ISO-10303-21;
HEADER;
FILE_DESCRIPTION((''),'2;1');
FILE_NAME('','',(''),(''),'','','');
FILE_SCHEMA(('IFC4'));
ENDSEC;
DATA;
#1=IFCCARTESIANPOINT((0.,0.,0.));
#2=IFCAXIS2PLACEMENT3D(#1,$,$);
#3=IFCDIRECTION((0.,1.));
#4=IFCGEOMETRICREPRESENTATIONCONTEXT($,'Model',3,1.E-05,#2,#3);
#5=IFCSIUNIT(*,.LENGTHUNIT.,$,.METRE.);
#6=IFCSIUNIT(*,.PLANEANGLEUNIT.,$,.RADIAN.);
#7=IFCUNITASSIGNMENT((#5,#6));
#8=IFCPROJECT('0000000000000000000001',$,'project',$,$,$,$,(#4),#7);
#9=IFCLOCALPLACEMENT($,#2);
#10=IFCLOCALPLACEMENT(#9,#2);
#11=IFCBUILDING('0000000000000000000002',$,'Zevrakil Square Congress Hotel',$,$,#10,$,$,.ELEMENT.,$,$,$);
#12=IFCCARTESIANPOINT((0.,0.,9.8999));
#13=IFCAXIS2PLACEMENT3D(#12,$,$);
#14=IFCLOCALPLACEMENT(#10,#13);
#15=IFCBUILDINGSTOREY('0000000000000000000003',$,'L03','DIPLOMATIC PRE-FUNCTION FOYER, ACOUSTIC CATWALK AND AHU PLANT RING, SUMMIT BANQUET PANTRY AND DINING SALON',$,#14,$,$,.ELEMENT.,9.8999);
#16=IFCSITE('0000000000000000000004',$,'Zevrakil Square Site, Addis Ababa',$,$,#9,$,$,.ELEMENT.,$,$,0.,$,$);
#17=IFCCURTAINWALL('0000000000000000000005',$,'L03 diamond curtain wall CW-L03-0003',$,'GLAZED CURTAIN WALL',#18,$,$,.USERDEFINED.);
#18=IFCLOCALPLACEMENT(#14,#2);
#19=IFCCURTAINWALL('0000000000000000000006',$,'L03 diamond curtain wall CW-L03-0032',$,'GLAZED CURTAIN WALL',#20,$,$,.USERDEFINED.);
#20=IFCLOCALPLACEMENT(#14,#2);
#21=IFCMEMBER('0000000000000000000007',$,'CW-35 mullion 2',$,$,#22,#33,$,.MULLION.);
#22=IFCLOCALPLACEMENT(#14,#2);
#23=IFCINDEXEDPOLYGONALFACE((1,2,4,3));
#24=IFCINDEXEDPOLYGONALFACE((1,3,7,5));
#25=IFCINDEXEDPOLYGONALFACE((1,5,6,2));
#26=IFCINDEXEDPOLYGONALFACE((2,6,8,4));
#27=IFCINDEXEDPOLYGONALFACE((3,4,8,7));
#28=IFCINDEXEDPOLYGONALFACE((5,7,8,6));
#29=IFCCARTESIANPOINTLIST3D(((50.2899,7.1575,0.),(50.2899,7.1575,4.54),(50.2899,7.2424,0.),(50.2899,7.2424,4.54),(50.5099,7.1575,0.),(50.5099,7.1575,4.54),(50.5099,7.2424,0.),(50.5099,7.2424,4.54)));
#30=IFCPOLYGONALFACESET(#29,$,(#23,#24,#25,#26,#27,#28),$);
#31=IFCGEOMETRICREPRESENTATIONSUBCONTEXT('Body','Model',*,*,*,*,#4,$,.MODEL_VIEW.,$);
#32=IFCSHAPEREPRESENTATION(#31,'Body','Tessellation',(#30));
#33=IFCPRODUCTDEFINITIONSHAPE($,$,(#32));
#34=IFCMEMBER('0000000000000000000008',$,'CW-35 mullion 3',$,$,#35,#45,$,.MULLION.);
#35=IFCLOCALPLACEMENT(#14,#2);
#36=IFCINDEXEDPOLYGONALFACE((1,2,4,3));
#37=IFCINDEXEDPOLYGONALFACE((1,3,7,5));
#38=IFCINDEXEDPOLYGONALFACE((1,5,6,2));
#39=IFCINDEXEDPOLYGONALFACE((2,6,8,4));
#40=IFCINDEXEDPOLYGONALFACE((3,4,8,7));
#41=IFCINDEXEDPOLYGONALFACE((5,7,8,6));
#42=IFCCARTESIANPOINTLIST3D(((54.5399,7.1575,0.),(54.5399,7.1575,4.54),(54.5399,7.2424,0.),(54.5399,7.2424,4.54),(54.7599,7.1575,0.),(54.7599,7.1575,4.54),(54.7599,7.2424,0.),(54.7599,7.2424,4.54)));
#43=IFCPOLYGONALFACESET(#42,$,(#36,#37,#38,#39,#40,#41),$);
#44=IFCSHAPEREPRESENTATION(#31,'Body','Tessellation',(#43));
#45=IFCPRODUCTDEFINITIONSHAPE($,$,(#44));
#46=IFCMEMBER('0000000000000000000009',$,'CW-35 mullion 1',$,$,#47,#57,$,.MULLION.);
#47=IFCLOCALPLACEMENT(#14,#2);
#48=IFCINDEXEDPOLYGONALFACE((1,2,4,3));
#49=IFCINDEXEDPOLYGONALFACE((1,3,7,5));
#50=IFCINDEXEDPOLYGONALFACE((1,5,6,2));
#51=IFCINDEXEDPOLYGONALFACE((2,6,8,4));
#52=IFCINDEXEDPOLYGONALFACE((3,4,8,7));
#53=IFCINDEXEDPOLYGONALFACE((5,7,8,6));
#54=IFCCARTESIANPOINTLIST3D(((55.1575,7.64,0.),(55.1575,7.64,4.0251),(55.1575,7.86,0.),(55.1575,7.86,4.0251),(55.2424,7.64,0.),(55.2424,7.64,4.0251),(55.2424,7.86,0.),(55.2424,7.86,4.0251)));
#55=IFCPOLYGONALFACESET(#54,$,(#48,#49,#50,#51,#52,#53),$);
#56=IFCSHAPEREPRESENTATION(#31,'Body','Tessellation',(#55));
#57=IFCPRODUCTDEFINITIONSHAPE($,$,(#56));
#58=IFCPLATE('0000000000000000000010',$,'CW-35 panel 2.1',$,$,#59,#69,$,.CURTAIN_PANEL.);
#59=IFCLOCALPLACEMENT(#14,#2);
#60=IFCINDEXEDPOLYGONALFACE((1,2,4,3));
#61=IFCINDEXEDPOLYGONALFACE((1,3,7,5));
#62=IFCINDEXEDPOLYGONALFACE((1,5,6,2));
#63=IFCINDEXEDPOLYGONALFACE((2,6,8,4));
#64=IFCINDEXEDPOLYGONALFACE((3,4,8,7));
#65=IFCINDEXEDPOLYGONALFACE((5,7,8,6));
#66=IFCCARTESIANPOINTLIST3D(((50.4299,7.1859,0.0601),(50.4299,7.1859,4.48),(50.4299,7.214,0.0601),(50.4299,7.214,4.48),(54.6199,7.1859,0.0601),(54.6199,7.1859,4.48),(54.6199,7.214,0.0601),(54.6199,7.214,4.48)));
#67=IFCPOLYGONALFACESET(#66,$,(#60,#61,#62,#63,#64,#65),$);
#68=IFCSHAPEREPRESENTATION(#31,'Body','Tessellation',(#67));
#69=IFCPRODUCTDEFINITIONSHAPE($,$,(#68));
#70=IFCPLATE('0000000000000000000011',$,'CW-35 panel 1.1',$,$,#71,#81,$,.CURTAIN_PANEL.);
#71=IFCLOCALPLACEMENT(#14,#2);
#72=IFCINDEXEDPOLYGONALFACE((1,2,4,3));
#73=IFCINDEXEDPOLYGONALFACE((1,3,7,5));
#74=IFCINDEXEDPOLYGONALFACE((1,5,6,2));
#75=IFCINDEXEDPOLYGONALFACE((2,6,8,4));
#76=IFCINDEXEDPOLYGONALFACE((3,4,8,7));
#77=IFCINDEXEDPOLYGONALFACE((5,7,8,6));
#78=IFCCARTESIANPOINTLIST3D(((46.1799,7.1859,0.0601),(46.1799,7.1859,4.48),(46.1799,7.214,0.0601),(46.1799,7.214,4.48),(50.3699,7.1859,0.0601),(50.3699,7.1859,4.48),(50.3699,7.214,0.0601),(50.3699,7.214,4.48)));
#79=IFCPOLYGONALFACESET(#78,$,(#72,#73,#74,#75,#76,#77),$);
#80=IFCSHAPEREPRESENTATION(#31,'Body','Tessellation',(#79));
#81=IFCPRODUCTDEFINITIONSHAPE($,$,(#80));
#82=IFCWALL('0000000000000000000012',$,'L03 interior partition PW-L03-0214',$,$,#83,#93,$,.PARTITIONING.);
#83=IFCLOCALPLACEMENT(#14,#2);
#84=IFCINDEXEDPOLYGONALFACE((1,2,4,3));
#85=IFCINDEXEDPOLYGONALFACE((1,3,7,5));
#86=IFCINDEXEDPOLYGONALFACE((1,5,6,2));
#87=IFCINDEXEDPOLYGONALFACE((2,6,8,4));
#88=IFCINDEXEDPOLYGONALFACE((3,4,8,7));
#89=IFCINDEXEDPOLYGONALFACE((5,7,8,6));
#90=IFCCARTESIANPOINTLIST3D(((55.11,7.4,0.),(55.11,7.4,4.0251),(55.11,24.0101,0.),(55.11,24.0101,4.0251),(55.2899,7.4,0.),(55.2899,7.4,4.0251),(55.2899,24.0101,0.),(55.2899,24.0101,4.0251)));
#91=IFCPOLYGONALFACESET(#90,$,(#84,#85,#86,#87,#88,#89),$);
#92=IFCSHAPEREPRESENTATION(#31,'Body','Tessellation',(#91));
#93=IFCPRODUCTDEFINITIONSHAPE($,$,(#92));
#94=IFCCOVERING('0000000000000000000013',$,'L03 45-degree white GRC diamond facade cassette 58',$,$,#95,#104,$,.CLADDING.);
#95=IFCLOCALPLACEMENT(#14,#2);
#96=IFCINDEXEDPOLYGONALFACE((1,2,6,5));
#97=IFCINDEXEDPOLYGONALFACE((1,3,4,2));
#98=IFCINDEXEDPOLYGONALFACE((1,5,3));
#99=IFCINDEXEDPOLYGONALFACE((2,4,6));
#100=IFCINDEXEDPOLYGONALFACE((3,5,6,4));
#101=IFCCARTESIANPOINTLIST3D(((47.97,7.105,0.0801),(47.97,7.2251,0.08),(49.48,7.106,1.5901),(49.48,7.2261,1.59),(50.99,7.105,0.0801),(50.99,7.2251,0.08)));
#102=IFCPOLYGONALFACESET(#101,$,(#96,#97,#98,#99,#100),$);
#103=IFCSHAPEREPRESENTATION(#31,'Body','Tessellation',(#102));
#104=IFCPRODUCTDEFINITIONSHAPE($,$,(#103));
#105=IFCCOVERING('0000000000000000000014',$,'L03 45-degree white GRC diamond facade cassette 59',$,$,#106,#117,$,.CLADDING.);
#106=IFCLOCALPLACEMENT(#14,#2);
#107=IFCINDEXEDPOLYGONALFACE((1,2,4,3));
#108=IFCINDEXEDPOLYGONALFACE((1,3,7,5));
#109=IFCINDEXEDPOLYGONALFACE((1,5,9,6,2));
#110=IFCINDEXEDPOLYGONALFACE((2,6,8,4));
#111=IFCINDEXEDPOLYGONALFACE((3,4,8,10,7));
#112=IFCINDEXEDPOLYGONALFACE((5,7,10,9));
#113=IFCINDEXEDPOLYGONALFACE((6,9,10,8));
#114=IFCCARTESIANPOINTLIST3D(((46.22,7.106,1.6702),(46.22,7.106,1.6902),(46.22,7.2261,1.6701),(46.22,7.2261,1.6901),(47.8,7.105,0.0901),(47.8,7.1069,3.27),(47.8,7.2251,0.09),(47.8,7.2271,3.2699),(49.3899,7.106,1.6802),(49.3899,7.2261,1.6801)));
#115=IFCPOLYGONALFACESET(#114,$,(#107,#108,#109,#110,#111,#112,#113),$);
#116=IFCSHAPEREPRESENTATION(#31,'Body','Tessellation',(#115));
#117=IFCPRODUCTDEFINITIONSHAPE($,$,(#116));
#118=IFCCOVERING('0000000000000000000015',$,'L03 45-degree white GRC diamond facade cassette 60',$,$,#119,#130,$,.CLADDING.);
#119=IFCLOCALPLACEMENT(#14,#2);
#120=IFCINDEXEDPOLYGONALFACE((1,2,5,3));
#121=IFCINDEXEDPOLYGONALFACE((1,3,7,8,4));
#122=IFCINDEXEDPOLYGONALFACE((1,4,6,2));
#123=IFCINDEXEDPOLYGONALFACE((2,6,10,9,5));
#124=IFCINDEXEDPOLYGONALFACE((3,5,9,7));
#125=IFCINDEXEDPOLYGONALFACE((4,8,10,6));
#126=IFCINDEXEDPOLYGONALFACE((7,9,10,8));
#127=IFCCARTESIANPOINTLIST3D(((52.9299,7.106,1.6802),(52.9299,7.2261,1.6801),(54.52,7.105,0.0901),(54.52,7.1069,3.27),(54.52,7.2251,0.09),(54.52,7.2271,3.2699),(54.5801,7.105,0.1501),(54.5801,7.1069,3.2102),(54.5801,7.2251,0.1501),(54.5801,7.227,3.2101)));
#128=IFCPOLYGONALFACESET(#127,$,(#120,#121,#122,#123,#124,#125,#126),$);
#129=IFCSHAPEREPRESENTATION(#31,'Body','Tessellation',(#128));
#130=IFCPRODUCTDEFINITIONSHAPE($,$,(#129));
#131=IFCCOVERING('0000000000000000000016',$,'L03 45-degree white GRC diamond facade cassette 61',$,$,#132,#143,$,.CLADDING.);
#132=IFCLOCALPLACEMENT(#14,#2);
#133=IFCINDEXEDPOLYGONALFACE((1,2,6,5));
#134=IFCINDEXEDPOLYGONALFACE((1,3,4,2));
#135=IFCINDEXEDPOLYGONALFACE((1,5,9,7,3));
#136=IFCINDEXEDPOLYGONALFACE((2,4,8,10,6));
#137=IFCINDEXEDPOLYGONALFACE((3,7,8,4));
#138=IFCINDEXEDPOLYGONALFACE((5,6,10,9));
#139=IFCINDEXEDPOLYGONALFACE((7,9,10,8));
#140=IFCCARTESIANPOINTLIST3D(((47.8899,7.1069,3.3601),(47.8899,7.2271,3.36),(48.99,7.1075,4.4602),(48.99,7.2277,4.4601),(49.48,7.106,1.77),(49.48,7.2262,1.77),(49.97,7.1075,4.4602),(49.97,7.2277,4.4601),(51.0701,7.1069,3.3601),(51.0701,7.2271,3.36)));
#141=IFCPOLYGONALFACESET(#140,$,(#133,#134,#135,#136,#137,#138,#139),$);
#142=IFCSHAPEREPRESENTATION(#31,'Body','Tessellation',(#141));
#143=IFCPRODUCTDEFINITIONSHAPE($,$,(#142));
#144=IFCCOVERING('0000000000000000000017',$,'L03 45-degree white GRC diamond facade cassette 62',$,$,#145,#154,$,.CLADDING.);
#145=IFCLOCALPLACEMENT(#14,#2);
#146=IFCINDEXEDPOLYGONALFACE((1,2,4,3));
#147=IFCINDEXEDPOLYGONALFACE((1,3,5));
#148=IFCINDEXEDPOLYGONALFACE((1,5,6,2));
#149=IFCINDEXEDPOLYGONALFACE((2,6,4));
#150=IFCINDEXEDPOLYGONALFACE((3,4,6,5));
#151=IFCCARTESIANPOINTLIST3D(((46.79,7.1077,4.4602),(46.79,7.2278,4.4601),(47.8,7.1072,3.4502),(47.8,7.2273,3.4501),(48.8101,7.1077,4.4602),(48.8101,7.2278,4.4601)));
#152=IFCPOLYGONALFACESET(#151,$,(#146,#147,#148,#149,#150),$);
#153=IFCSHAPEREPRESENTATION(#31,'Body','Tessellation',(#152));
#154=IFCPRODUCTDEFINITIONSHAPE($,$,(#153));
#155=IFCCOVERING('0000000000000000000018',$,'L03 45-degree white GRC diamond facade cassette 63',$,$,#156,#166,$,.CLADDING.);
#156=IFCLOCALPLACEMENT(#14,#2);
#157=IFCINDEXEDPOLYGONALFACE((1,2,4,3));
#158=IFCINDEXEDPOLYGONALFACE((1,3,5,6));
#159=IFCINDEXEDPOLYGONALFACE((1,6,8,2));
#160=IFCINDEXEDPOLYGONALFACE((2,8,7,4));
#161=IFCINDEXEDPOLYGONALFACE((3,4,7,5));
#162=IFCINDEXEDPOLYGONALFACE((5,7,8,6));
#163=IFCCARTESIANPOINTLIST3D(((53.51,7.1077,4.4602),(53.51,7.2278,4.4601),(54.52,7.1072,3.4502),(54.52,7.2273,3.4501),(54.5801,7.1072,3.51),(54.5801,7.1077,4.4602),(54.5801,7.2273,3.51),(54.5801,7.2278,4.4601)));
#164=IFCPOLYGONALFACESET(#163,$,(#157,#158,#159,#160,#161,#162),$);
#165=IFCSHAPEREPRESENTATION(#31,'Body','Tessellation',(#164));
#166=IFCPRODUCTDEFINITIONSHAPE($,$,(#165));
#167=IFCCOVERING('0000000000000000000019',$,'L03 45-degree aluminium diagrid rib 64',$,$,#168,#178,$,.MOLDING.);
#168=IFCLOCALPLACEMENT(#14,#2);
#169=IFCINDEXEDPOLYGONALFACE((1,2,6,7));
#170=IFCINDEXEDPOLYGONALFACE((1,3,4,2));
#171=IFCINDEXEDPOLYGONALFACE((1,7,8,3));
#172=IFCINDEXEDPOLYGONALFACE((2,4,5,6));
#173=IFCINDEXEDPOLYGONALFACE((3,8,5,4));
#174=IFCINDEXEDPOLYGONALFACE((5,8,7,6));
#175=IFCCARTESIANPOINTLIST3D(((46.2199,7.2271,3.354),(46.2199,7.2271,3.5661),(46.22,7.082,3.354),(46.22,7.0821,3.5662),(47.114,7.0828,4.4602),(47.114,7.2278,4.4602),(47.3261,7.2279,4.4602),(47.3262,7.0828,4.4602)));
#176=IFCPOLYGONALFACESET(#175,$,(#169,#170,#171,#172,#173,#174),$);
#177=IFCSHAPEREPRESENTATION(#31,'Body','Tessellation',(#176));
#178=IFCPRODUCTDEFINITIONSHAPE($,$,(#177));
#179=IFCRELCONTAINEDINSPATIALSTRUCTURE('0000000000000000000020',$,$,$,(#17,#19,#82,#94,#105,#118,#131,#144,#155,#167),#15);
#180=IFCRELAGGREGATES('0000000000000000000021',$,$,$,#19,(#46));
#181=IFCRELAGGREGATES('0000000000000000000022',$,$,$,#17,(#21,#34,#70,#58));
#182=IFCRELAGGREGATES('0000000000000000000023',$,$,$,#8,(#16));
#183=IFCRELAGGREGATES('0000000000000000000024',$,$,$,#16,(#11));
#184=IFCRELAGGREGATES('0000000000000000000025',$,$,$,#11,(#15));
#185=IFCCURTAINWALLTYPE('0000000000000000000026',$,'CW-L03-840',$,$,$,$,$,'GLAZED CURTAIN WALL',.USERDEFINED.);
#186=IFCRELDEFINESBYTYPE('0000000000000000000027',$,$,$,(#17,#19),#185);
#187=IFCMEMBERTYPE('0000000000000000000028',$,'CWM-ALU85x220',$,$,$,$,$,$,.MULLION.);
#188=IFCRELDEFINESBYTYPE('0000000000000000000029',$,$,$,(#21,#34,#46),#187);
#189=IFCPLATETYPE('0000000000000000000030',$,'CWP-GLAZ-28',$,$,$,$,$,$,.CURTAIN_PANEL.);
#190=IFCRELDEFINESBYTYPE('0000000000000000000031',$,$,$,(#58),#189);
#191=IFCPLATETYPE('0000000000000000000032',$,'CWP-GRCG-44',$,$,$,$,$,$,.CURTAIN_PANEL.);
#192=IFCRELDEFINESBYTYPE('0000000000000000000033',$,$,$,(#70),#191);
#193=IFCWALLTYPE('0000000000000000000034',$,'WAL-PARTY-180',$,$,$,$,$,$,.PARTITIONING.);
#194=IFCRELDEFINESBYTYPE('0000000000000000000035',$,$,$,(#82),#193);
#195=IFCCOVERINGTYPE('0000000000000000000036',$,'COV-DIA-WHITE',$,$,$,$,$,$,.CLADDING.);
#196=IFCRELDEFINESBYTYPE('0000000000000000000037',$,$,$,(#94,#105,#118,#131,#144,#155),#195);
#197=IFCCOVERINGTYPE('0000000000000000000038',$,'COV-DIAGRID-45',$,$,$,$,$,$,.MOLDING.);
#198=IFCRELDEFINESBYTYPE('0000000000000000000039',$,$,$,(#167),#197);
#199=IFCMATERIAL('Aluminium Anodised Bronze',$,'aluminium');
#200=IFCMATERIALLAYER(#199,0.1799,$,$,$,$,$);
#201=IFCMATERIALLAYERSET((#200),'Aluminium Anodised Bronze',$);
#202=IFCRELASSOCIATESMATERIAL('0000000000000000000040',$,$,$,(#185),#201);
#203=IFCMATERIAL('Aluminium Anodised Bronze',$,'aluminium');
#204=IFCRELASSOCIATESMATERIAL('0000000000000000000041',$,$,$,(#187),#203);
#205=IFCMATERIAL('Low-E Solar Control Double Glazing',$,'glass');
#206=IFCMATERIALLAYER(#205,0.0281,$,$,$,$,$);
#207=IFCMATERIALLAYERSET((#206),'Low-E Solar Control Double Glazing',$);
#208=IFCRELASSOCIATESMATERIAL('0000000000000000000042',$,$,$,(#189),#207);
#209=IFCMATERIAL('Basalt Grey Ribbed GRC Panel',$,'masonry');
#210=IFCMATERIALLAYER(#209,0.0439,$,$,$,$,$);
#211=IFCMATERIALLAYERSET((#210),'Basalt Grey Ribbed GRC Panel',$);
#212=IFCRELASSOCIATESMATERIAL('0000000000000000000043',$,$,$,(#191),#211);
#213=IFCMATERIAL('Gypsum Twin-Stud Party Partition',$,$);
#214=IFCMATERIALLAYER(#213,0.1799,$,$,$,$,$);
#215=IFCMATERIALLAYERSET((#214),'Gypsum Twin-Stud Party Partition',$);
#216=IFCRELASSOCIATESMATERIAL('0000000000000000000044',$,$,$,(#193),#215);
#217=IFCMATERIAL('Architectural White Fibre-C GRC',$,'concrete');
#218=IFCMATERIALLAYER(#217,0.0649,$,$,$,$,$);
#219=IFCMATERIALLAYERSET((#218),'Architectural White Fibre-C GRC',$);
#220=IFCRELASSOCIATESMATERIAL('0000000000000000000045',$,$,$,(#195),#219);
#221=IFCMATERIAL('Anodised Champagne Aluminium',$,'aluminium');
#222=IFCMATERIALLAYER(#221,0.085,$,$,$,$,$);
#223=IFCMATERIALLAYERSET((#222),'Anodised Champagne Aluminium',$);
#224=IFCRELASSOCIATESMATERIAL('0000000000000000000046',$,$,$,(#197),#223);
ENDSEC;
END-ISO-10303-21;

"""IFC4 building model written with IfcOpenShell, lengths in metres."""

from ifc_helpers import new_model, si_unit, direction, frame, frame_2d, origin, origin_2d, place, context, subcontext, project, spatial, polyline, rectangle, outline, extrude, material, layer, layer_set, material_profile, profile_set, type_object, element, aggregate, save


model = new_model("IFC4")

# Units and contexts
model_context = context("Model", 3, precision=1e-05, world=origin(), true_north=direction((0.0, 1.0)))
body_context = subcontext(model_context, "Body", "Model", "MODEL_VIEW")
ifc_project = project(units=[si_unit("LENGTHUNIT", "METRE"), si_unit("PLANEANGLEUNIT", "RADIAN")], contexts=[model_context])

# Site, building, storey
site_placement = place(None, origin())
site = spatial("IfcSite", under=ifc_project, at=site_placement, Name="Zevrakil Square Site, Addis Ababa", CompositionType="ELEMENT", RefElevation=0.0)
building_placement = place(site_placement, origin())
building = spatial("IfcBuilding", under=site, at=building_placement, Name="Zevrakil Square Congress Hotel", CompositionType="ELEMENT")
storey_placement = place(building_placement, frame((0.0, 0.0, 9.8999)))
storey = spatial("IfcBuildingStorey", under=building, at=storey_placement, Name="L03", Description="DIPLOMATIC PRE-FUNCTION FOYER, ACOUSTIC CATWALK AND AHU PLANT RING, SUMMIT BANQUET PANTRY AND DINING SALON", CompositionType="ELEMENT", Elevation=9.8999)

# Curtain walls
ifc_material_1 = material(Name="Aluminium Anodised Bronze", Category="aluminium")
ifc_layer_1 = layer(ifc_material_1, 0.1799)
ifc_layer_set_1 = layer_set([ifc_layer_1], Name="Aluminium Anodised Bronze")
curtain_wall_type = type_object("IfcCurtainWallType", Name="CW-L03-840", ElementType="GLAZED CURTAIN WALL", PredefinedType="USERDEFINED", material=ifc_layer_set_1)
curtain_wall_1_placement = place(storey_placement, origin())
curtain_wall_1 = element("IfcCurtainWall", 1, at=curtain_wall_1_placement, inside=storey, type_object=curtain_wall_type, Name="L03 diamond curtain wall CW-L03-0003", ObjectType="GLAZED CURTAIN WALL", PredefinedType="USERDEFINED")
curtain_wall_2_placement = place(storey_placement, origin())
curtain_wall_2 = element("IfcCurtainWall", 2, at=curtain_wall_2_placement, inside=storey, type_object=curtain_wall_type, Name="L03 diamond curtain wall CW-L03-0032", ObjectType="GLAZED CURTAIN WALL", PredefinedType="USERDEFINED")

# Members
ifc_material_2 = material(Name="Aluminium Anodised Bronze", Category="aluminium")
ifc_material_profile_1 = material_profile(ifc_material_2, rectangle(XDim=0.085, YDim=0.22, at=origin_2d()), Name="ALU 85x220")
ifc_profile_set_1 = profile_set([ifc_material_profile_1], Name="Aluminium Anodised Bronze")
member_type_1 = type_object("IfcMemberType", Name="CWM-ALU85x220", PredefinedType="MULLION", material=ifc_profile_set_1)
member_1_placement = place(storey_placement, frame((50.3999, 7.2, 0.0), z_axis=(0.0, 0.0, 1.0), x_axis=(0.0, 1.0, 0.0)))
member_1 = element("IfcMember", 3, at=member_1_placement, type_object=member_type_1, Name="CW-35 mullion 2", PredefinedType="MULLION", context=body_context, shape_type="SweptSolid", body=[
    extrude(rectangle(XDim=0.085, YDim=0.22, at=origin_2d()), origin(), (0.0, 0.0, 1.0), 4.54),
])
member_2_placement = place(storey_placement, frame((54.6499, 7.2, 0.0), z_axis=(0.0, 0.0, 1.0), x_axis=(0.0, 1.0, 0.0)))
member_2 = element("IfcMember", 4, at=member_2_placement, type_object=member_type_1, Name="CW-35 mullion 3", PredefinedType="MULLION", context=body_context, shape_type="SweptSolid", body=[
    extrude(rectangle(XDim=0.085, YDim=0.22, at=origin_2d()), origin(), (0.0, 0.0, 1.0), 4.54),
])
member_3_placement = place(storey_placement, frame((55.2, 7.75, 0.0), z_axis=(0.0, 0.0, 1.0), x_axis=(-1.0, 0.0, 0.0)))
member_3 = element("IfcMember", 5, at=member_3_placement, type_object=member_type_1, Name="CW-35 mullion 1", PredefinedType="MULLION", context=body_context, shape_type="SweptSolid", body=[
    extrude(rectangle(XDim=0.085, YDim=0.22, at=origin_2d()), origin(), (0.0, 0.0, 1.0), 4.0251),
])
aggregate(curtain_wall_2, [member_3])

# Plates
ifc_material_3 = material(Name="Low-E Solar Control Double Glazing", Category="glass")
ifc_layer_2 = layer(ifc_material_3, 0.0281)
ifc_layer_set_2 = layer_set([ifc_layer_2], Name="Low-E Solar Control Double Glazing")
plate_type_1 = type_object("IfcPlateType", Name="CWP-GLAZ-28", PredefinedType="CURTAIN_PANEL", material=ifc_layer_set_2)
plate_1_placement = place(storey_placement, frame((52.5249, 7.2, 0.0601), z_axis=(0.0, 0.0, 1.0), x_axis=(1.0, 0.0, 0.0)))
plate_1 = element("IfcPlate", 6, at=plate_1_placement, type_object=plate_type_1, Name="CW-35 panel 2.1", PredefinedType="CURTAIN_PANEL", context=body_context, shape_type="SweptSolid", body=[
    extrude(rectangle(XDim=4.1899, YDim=0.0281, at=origin_2d()), origin(), (0.0, 0.0, 1.0), 4.4199),
])
ifc_material_4 = material(Name="Basalt Grey Ribbed GRC Panel", Category="masonry")
ifc_layer_3 = layer(ifc_material_4, 0.0439)
ifc_layer_set_3 = layer_set([ifc_layer_3], Name="Basalt Grey Ribbed GRC Panel")
plate_type_2 = type_object("IfcPlateType", Name="CWP-GRCG-44", PredefinedType="CURTAIN_PANEL", material=ifc_layer_set_3)
plate_2_placement = place(storey_placement, frame((48.2749, 7.2, 0.0601), z_axis=(0.0, 0.0, 1.0), x_axis=(1.0, 0.0, 0.0)))
plate_2 = element("IfcPlate", 7, at=plate_2_placement, type_object=plate_type_2, Name="CW-35 panel 1.1", PredefinedType="CURTAIN_PANEL", context=body_context, shape_type="SweptSolid", body=[
    extrude(rectangle(XDim=4.1899, YDim=0.0281, at=origin_2d()), origin(), (0.0, 0.0, 1.0), 4.4199),
])
aggregate(curtain_wall_1, [member_1, member_2, plate_2, plate_1])

# Wall
ifc_material_5 = material(Name="Gypsum Twin-Stud Party Partition")
ifc_layer_4 = layer(ifc_material_5, 0.1799)
ifc_layer_set_4 = layer_set([ifc_layer_4], Name="Gypsum Twin-Stud Party Partition")
wall_type = type_object("IfcWallType", Name="WAL-PARTY-180", PredefinedType="PARTITIONING", material=ifc_layer_set_4)
wall_placement = place(storey_placement, frame((55.2, 7.3999, 0.0), z_axis=(0.0, 0.0, 1.0), x_axis=(0.0, 1.0, 0.0)))
element("IfcWall", 8, at=wall_placement, inside=storey, type_object=wall_type, Name="L03 interior partition PW-L03-0214", PredefinedType="PARTITIONING", context=body_context, shape_type="SweptSolid", body=[
    extrude(rectangle(XDim=16.6101, YDim=0.1799, at=frame_2d((8.3052, 0.0))), origin(), (0.0, 0.0, 1.0), 4.0251),
])

# Coverings
ifc_material_6 = material(Name="Architectural White Fibre-C GRC", Category="concrete")
ifc_layer_5 = layer(ifc_material_6, 0.0649)
ifc_layer_set_5 = layer_set([ifc_layer_5], Name="Architectural White Fibre-C GRC")
covering_type_1 = type_object("IfcCoveringType", Name="COV-DIA-WHITE", PredefinedType="CLADDING", material=ifc_layer_set_5)
covering_1_placement = place(storey_placement, frame((49.48, 7.106, 1.5901), z_axis=(0.0, -1.0, 0.000647), x_axis=(0.707107, -0.000457, -0.707107)))
element("IfcCovering", 9, at=covering_1_placement, inside=storey, type_object=covering_type_1, Name="L03 45-degree white GRC diamond facade cassette 58", PredefinedType="CLADDING", context=body_context, shape_type="SweptSolid", body=[
    extrude(outline(polyline([(0.0, 0.0), (2.1355, 0.0), (0.0, -2.1355), (0.0, 0.0)])), origin(), (0.0, 0.0, -1.0), 0.1201),
])
covering_2_placement = place(storey_placement, frame((47.8, 7.1069, 3.27), z_axis=(0.0, -1.0, 0.000612), x_axis=(0.707107, -0.000433, -0.707107)))
element("IfcCovering", 10, at=covering_2_placement, inside=storey, type_object=covering_type_1, Name="L03 45-degree white GRC diamond facade cassette 59", PredefinedType="CLADDING", context=body_context, shape_type="SweptSolid", body=[
    extrude(outline(polyline([(0.0, 0.0), (2.2484, 0.0), (2.2486, -2.2486), (0.014, -2.2486), (-0.0002, -2.2344), (0.0, 0.0)])), origin(), (0.0, 0.0, -1.0), 0.1201),
])
covering_3_placement = place(storey_placement, frame((54.52, 7.105, 0.0901), z_axis=(0.0, -1.0, 0.000615), x_axis=(-0.707107, 0.000435, 0.707107)))
element("IfcCovering", 11, at=covering_3_placement, inside=storey, type_object=covering_type_1, Name="L03 45-degree white GRC diamond facade cassette 60", PredefinedType="CLADDING", context=body_context, shape_type="SweptSolid", body=[
    extrude(outline(polyline([(0.0, 0.0), (2.2487, 0.0), (2.2486, -2.2486), (2.1638, -2.2487), (0.0, -0.0849), (0.0, 0.0)])), origin(), (0.0, 0.0, -1.0), 0.1201),
])
covering_4_placement = place(storey_placement, frame((51.0701, 7.1069, 3.3601), z_axis=(0.0, -1.0, 0.000558), x_axis=(-0.707107, -0.000395, -0.707107)))
element("IfcCovering", 12, at=covering_4_placement, inside=storey, type_object=covering_type_1, Name="L03 45-degree white GRC diamond facade cassette 61", PredefinedType="CLADDING", context=body_context, shape_type="SweptSolid", body=[
    extrude(outline(polyline([(0.0, 0.0), (2.2487, 0.0), (2.2487, -2.2487), (0.693, -2.2487), (0.0, -1.5558), (0.0, 0.0)])), origin(), (0.0, 0.0, -1.0), 0.1201),
])
covering_5_placement = place(storey_placement, frame((47.8, 7.1072, 3.4502), z_axis=(0.0, -1.0, 0.000483), x_axis=(-0.707107, 0.000342, 0.707107)))
element("IfcCovering", 13, at=covering_5_placement, inside=storey, type_object=covering_type_1, Name="L03 45-degree white GRC diamond facade cassette 62", PredefinedType="CLADDING", context=body_context, shape_type="SweptSolid", body=[
    extrude(outline(polyline([(0.0, 0.0), (1.4284, 0.0), (0.0, -1.4284), (0.0, 0.0)])), origin(), (0.0, 0.0, -1.0), 0.1201),
])
covering_6_placement = place(storey_placement, frame((54.52, 7.1072, 3.4502), z_axis=(-0.000026, -1.0, 0.000485), x_axis=(-0.707107, 0.000361, 0.707107)))
element("IfcCovering", 14, at=covering_6_placement, inside=storey, type_object=covering_type_1, Name="L03 45-degree white GRC diamond facade cassette 63", PredefinedType="CLADDING", context=body_context, shape_type="SweptSolid", body=[
    extrude(outline(polyline([(0.0, 0.0), (1.4284, 0.0), (0.6717, -0.7567), (-0.0002, -0.0848), (0.0, 0.0)])), origin(), (0.0, 0.0, -1.0), 0.1201),
])
ifc_material_7 = material(Name="Anodised Champagne Aluminium", Category="aluminium")
ifc_layer_6 = layer(ifc_material_7, 0.085)
ifc_layer_set_6 = layer_set([ifc_layer_6], Name="Anodised Champagne Aluminium")
covering_type_2 = type_object("IfcCoveringType", Name="COV-DIAGRID-45", PredefinedType="MOLDING", material=ifc_layer_set_6)
covering_7_placement = place(storey_placement, frame((46.22, 7.082, 3.354), z_axis=(0.000366, -1.0, 0.000366), x_axis=(0.0, 0.000366, 1.0)))
element("IfcCovering", 15, at=covering_7_placement, inside=storey, type_object=covering_type_2, Name="L03 45-degree aluminium diagrid rib 64", PredefinedType="MOLDING", context=body_context, shape_type="SweptSolid", body=[
    extrude(outline(polyline([(0.0, 0.0), (0.2122, 0.0), (1.1062, -0.894), (1.1062, -1.1062), (0.0, 0.0)])), origin(), (0.0, 0.0, -1.0), 0.145),
])

save(model, "model.ifc")
